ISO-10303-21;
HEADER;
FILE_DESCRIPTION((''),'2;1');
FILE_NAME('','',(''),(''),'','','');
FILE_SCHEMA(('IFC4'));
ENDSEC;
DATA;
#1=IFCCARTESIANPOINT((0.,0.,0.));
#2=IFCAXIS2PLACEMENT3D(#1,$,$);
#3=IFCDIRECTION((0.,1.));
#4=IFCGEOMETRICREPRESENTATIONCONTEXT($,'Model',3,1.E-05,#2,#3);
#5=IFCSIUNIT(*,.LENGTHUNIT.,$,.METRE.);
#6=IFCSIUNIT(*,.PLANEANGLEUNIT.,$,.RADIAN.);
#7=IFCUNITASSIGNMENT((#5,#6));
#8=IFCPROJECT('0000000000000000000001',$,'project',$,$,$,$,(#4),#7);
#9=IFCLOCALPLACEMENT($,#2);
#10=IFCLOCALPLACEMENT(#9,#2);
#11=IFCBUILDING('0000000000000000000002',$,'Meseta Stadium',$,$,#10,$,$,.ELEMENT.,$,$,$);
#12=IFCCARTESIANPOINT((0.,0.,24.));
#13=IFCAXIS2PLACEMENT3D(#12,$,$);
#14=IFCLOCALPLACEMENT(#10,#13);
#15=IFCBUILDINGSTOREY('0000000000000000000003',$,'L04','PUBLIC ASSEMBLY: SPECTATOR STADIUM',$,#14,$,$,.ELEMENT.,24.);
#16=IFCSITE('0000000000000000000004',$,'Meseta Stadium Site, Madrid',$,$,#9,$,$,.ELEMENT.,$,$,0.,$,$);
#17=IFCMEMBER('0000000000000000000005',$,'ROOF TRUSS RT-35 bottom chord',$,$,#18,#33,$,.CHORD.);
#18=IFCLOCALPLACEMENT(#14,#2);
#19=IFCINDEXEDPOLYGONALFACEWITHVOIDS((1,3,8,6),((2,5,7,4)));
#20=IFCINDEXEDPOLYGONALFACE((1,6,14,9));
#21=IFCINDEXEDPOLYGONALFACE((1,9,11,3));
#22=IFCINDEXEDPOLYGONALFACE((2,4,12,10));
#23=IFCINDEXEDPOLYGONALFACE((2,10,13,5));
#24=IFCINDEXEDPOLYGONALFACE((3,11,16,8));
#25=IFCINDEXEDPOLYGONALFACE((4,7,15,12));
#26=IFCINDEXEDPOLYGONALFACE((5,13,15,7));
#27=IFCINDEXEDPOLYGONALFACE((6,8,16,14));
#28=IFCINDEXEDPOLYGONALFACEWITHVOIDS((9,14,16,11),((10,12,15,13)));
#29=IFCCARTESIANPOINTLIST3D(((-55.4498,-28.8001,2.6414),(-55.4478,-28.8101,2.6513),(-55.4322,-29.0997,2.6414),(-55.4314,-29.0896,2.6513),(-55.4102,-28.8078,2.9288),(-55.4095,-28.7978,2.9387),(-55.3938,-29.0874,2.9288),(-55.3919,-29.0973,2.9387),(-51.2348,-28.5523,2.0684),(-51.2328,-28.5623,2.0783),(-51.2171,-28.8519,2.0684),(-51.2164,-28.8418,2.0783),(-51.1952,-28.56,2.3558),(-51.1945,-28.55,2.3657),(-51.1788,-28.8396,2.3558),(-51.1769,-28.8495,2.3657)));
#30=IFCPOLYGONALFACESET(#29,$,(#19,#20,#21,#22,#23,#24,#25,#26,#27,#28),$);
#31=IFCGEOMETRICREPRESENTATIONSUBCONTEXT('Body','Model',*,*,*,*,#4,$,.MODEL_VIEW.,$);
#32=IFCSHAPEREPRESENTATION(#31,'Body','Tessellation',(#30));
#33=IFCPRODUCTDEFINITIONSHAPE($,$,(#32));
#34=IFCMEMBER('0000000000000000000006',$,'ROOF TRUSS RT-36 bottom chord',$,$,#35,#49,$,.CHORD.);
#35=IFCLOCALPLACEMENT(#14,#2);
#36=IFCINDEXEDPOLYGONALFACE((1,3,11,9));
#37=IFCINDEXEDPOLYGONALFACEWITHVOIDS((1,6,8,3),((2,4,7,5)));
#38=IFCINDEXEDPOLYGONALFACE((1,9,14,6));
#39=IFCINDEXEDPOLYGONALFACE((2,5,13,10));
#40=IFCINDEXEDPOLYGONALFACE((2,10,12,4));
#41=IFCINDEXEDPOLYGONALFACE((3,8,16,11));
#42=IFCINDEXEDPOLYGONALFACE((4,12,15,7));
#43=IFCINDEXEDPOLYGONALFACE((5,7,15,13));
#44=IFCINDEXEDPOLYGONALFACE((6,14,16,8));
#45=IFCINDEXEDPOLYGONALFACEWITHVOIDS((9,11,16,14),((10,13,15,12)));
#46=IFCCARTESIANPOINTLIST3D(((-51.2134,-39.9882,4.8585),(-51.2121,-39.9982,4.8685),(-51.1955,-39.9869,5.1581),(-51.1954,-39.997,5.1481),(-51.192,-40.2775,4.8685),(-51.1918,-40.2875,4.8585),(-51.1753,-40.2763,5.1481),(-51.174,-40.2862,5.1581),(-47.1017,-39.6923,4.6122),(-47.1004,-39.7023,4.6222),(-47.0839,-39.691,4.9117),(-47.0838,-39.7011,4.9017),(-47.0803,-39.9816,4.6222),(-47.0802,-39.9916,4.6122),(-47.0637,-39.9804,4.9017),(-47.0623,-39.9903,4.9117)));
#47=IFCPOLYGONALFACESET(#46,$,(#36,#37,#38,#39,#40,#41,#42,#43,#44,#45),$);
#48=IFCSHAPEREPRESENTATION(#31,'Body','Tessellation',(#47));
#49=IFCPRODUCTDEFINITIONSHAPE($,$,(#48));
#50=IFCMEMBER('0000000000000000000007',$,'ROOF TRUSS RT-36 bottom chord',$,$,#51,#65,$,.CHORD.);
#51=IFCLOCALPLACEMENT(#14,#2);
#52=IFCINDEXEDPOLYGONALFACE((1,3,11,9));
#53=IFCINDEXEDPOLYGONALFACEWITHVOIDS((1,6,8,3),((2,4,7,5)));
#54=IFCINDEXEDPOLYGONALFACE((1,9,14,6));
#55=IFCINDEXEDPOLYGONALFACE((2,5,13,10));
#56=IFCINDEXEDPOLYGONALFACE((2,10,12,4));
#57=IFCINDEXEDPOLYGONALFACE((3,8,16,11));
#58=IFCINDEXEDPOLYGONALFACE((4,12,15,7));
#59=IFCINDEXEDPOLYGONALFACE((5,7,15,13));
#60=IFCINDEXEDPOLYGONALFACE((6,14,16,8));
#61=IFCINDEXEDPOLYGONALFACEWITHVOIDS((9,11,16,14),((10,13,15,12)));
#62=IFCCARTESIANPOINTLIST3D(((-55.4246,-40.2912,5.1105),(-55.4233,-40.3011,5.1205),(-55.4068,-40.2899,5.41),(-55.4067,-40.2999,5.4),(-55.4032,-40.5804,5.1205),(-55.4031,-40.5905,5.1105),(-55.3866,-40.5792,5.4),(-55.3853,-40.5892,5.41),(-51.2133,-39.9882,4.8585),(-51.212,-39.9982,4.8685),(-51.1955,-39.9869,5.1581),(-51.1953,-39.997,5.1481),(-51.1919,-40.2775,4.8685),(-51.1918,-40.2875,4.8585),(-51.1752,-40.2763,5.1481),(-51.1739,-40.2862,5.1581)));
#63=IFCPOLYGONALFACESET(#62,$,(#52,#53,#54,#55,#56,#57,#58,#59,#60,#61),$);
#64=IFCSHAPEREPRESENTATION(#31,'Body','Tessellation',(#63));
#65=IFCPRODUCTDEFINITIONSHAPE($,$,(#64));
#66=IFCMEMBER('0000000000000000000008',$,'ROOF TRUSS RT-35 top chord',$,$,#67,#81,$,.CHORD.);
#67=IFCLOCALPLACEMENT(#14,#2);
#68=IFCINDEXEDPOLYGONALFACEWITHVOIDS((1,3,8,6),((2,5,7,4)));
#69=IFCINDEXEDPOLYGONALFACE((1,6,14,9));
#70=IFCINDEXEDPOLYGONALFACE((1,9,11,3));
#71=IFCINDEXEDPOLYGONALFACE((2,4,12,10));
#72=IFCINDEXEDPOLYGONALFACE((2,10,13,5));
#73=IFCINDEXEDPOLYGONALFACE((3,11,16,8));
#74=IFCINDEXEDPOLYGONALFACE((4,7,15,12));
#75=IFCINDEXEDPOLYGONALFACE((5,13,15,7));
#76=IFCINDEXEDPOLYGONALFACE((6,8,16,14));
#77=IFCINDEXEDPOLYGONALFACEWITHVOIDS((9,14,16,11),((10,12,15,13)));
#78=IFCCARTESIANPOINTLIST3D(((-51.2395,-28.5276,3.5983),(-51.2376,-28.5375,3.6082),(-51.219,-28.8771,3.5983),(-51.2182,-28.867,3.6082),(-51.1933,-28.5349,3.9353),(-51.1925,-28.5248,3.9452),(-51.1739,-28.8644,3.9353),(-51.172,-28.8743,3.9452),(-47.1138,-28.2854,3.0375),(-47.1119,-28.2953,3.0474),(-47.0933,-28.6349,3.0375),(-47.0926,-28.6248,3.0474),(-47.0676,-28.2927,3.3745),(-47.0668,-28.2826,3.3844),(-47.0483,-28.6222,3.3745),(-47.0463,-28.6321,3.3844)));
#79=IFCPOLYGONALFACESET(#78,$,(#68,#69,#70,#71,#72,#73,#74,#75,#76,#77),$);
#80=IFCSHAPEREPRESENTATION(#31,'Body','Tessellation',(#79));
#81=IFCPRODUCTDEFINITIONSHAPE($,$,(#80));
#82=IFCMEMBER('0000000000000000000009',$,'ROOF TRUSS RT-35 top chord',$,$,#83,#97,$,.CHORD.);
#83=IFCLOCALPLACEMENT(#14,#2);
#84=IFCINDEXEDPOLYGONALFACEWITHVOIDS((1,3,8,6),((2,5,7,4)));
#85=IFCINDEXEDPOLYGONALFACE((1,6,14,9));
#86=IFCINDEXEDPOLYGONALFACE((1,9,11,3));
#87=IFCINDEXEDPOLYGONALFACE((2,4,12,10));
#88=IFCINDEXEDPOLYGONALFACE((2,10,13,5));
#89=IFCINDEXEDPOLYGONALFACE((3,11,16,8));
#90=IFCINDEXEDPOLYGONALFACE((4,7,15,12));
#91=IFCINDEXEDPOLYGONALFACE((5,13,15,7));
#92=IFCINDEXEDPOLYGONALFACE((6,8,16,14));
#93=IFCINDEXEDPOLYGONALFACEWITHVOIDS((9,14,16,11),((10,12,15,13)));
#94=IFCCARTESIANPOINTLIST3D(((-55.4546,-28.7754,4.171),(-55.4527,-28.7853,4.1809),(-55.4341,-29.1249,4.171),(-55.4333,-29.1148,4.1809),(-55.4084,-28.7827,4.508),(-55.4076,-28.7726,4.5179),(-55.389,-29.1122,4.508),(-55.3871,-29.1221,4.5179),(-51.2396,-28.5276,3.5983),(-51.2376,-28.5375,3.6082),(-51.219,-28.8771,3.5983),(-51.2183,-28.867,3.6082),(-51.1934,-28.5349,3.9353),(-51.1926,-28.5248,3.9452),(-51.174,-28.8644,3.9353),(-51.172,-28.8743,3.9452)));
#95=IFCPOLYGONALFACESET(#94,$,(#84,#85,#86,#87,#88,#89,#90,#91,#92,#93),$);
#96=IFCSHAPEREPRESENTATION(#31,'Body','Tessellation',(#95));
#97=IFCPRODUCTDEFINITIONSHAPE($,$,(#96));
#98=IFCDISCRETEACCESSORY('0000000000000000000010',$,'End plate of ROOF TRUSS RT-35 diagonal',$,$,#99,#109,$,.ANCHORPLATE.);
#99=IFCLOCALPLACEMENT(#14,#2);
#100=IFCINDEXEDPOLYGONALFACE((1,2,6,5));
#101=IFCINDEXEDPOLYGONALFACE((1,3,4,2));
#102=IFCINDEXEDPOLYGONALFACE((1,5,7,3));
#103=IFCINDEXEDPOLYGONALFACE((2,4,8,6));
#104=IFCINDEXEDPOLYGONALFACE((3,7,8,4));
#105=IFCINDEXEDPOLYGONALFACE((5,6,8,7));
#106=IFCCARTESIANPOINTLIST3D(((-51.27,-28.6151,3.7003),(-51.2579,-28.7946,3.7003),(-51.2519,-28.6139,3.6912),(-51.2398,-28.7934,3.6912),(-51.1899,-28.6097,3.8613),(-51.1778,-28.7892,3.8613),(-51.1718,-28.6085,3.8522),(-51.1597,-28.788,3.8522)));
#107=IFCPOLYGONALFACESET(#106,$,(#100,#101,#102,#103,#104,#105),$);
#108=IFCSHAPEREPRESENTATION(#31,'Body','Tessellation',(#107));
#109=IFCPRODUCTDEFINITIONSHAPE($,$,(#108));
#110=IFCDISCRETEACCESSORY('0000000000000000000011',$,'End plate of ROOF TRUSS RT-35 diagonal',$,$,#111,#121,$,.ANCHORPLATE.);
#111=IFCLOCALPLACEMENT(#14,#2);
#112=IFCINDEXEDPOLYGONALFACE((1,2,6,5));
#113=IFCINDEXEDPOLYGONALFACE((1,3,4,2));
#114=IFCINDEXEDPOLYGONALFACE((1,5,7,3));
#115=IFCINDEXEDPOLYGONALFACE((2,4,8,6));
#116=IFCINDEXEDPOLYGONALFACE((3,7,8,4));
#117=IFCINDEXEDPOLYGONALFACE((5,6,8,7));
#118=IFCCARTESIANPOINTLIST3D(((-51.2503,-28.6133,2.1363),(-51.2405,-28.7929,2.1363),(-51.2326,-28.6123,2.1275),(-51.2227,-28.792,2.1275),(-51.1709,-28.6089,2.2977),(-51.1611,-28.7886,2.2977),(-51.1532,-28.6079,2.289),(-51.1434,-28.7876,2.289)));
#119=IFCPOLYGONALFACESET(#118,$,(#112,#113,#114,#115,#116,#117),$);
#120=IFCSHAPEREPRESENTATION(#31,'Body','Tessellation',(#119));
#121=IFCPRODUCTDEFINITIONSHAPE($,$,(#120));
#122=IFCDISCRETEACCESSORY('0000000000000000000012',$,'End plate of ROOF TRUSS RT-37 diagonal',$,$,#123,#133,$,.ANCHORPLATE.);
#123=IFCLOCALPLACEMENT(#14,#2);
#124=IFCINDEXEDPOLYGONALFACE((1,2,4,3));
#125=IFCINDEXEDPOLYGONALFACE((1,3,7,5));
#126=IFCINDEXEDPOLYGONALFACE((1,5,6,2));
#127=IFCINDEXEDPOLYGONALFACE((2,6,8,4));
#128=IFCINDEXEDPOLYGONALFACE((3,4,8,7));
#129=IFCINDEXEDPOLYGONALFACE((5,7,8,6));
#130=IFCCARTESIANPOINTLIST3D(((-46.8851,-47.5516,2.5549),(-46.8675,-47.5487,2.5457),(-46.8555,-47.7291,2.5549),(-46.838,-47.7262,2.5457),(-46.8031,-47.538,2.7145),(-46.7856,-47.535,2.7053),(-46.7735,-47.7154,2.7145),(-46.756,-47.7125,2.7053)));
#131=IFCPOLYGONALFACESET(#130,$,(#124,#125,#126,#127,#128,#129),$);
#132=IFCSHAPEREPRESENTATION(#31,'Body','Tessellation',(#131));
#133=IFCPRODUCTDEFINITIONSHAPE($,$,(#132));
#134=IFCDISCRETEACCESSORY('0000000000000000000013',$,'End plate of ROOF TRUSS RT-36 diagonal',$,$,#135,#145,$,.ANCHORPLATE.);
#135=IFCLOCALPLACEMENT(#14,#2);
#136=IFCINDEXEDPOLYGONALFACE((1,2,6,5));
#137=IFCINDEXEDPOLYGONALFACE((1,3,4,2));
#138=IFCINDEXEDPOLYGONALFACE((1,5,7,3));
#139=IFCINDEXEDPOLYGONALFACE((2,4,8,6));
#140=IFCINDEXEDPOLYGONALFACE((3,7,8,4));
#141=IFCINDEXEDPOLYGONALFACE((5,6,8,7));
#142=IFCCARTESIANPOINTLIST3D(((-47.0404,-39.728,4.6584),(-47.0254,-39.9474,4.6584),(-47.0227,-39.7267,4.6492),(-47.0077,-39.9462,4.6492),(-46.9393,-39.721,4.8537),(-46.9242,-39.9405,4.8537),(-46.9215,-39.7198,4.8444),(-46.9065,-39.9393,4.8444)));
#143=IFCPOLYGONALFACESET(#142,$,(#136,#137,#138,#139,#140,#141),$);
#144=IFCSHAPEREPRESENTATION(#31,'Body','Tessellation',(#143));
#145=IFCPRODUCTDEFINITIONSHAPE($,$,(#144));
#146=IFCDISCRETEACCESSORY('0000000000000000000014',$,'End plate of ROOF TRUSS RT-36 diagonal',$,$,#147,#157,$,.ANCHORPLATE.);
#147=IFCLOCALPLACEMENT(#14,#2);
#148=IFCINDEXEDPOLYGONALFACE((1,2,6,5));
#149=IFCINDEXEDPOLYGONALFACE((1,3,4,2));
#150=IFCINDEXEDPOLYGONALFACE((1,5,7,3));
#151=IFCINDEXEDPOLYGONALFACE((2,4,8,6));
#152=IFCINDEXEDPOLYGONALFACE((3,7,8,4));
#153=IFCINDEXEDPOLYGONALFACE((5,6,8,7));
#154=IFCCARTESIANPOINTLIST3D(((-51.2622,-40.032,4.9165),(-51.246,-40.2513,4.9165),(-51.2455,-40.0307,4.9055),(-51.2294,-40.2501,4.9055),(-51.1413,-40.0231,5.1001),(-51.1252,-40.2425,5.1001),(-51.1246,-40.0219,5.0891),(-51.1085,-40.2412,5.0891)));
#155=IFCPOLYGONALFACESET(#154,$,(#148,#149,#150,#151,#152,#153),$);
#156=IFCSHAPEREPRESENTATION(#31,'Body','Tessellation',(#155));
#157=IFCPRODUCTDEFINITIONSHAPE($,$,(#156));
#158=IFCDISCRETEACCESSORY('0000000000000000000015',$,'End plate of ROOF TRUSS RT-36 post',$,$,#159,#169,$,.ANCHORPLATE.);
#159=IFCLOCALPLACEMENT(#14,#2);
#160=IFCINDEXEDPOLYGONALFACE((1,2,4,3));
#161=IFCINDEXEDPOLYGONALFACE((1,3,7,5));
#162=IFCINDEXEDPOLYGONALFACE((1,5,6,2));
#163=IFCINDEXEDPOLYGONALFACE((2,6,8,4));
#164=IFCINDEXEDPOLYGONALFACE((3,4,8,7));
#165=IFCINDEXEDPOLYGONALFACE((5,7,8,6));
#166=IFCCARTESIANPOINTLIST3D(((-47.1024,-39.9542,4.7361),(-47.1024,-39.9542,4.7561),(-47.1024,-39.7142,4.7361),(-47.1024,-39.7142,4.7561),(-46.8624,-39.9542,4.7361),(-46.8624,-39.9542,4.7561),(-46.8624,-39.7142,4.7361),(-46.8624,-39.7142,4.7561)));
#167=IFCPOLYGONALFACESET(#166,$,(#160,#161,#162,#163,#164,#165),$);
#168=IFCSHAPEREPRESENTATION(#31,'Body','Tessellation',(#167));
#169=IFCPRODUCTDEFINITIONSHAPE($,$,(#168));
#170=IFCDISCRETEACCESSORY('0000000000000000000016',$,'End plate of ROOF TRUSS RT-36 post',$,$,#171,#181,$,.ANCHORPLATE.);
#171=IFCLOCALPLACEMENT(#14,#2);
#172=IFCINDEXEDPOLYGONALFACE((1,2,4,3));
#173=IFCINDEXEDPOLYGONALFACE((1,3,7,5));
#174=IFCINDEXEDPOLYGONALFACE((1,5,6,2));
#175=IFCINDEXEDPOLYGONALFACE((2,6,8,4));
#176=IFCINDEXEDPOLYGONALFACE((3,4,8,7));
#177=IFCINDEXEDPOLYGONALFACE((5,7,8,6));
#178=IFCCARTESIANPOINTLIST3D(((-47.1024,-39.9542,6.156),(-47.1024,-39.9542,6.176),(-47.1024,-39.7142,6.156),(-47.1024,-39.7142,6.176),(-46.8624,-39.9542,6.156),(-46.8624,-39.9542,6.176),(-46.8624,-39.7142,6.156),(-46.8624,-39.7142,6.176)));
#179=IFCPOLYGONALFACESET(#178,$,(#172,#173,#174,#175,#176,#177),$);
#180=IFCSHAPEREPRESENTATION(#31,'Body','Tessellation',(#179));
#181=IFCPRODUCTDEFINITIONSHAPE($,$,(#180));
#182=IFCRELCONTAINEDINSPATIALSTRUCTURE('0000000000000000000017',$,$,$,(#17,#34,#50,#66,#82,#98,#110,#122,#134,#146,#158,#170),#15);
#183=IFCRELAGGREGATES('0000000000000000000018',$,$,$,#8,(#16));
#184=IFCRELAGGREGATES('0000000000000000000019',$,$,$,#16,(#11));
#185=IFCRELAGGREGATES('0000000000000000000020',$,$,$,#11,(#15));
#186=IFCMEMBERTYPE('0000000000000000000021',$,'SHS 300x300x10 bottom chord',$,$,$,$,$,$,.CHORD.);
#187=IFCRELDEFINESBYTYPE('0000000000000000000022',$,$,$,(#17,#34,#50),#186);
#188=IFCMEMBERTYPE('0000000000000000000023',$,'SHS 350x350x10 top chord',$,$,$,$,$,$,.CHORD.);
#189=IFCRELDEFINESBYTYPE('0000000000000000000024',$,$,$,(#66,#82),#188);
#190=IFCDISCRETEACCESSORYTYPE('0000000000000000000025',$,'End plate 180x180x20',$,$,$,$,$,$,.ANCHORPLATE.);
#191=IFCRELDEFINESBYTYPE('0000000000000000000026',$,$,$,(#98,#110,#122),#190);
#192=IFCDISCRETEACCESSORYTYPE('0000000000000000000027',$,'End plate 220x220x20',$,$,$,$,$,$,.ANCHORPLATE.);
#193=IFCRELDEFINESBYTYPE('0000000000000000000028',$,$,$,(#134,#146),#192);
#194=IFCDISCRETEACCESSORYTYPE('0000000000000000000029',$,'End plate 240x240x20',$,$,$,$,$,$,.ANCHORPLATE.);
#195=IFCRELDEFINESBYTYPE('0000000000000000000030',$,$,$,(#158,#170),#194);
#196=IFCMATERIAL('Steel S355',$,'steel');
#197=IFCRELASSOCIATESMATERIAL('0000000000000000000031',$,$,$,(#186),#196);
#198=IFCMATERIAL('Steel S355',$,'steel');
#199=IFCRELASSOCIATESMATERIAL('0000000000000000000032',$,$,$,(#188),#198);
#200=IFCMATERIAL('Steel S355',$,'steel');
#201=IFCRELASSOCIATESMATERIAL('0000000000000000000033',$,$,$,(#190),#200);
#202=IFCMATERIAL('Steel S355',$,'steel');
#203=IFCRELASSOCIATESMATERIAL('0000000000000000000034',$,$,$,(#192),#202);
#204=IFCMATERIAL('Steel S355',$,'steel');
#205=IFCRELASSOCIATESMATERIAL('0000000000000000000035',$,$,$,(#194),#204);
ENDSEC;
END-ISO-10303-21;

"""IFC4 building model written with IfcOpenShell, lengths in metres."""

from ifc_helpers import new_model, si_unit, direction, frame, origin, origin_2d, place, context, subcontext, project, spatial, rectangle, hollow_rectangle, extrude, material, material_profile, profile_set, type_object, element, save


model = new_model("IFC4")

# Units and contexts
model_context = context("Model", 3, precision=1e-05, world=origin(), true_north=direction((0.0, 1.0)))
body_context = subcontext(model_context, "Body", "Model", "MODEL_VIEW")
ifc_project = project(units=[si_unit("LENGTHUNIT", "METRE"), si_unit("PLANEANGLEUNIT", "RADIAN")], contexts=[model_context])

# Site, building, storey
site_placement = place(None, origin())
site = spatial("IfcSite", under=ifc_project, at=site_placement, Name="Meseta Stadium Site, Madrid", CompositionType="ELEMENT", RefElevation=0.0)
building_placement = place(site_placement, origin())
building = spatial("IfcBuilding", under=site, at=building_placement, Name="Meseta Stadium", CompositionType="ELEMENT")
storey_placement = place(building_placement, frame((0.0, 0.0, 24.0)))
storey = spatial("IfcBuildingStorey", under=building, at=storey_placement, Name="L04", Description="PUBLIC ASSEMBLY: SPECTATOR STADIUM", CompositionType="ELEMENT", Elevation=24.0)

# Members
ifc_material_1 = material(Name="Steel S355", Category="steel")
ifc_material_profile_1 = material_profile(ifc_material_1, hollow_rectangle(XDim=0.3, YDim=0.3, WallThickness=0.01, at=origin_2d()), Name="SHS 300x300x10")
ifc_profile_set_1 = profile_set([ifc_material_profile_1], Name="Steel S355")
member_type_1 = type_object("IfcMemberType", Name="SHS 300x300x10 bottom chord", PredefinedType="CHORD", material=ifc_profile_set_1)
member_1_placement = place(storey_placement, frame((-51.2058, -28.7009, 2.217), z_axis=(-0.989209, -0.058155, 0.134473), x_axis=(0.058688, -0.998276, 0.0)))
element("IfcMember", 1, at=member_1_placement, inside=storey, type_object=member_type_1, Name="ROOF TRUSS RT-35 bottom chord", PredefinedType="CHORD", context=body_context, shape_type="SweptSolid", body=[
    extrude(hollow_rectangle(XDim=0.3, YDim=0.3, WallThickness=0.01, at=origin_2d()), origin(), (0.0, 0.0, 1.0), 4.261),
])
member_2_placement = place(storey_placement, frame((-47.082, -39.8413, 4.762), z_axis=(-0.995644, -0.071654, 0.059652), x_axis=(0.071782, -0.99742, 0.0)))
element("IfcMember", 2, at=member_2_placement, inside=storey, type_object=member_type_1, Name="ROOF TRUSS RT-36 bottom chord", PredefinedType="CHORD", context=body_context, shape_type="SweptSolid", body=[
    extrude(hollow_rectangle(XDim=0.3, YDim=0.3, WallThickness=0.01, at=origin_2d()), origin(), (0.0, 0.0, 1.0), 4.1296),
])
member_3_placement = place(storey_placement, frame((-51.1936, -40.1372, 5.0083), z_axis=(-0.995651, -0.071629, 0.059566), x_axis=(0.071757, -0.997422, 0.0)))
element("IfcMember", 3, at=member_3_placement, inside=storey, type_object=member_type_1, Name="ROOF TRUSS RT-36 bottom chord", PredefinedType="CHORD", context=body_context, shape_type="SweptSolid", body=[
    extrude(hollow_rectangle(XDim=0.3, YDim=0.3, WallThickness=0.01, at=origin_2d()), origin(), (0.0, 0.0, 1.0), 4.2297),
])
ifc_material_2 = material(Name="Steel S355", Category="steel")
ifc_material_profile_2 = material_profile(ifc_material_2, hollow_rectangle(XDim=0.3501, YDim=0.3501, WallThickness=0.01, at=origin_2d()), Name="SHS 350x350x10")
ifc_profile_set_2 = profile_set([ifc_material_profile_2], Name="Steel S355")
member_type_2 = type_object("IfcMemberType", Name="SHS 350x350x10 top chord", PredefinedType="CHORD", material=ifc_profile_set_2)
member_4_placement = place(storey_placement, frame((-47.0801, -28.4587, 3.2109), z_axis=(-0.989216, -0.058069, 0.134459), x_axis=(0.058601, -0.998281, 0.0)))
element("IfcMember", 4, at=member_4_placement, inside=storey, type_object=member_type_2, Name="ROOF TRUSS RT-35 top chord", PredefinedType="CHORD", context=body_context, shape_type="SweptSolid", body=[
    extrude(hollow_rectangle(XDim=0.3501, YDim=0.3501, WallThickness=0.01, at=origin_2d()), origin(), (0.0, 0.0, 1.0), 4.1707),
])
member_5_placement = place(storey_placement, frame((-51.2058, -28.7009, 3.7717), z_axis=(-0.989217, -0.058156, 0.134417), x_axis=(0.058688, -0.998276, 0.0)))
element("IfcMember", 5, at=member_5_placement, inside=storey, type_object=member_type_2, Name="ROOF TRUSS RT-35 top chord", PredefinedType="CHORD", context=body_context, shape_type="SweptSolid", body=[
    extrude(hollow_rectangle(XDim=0.3501, YDim=0.3501, WallThickness=0.01, at=origin_2d()), origin(), (0.0, 0.0, 1.0), 4.261),
])

# Discrete accessories
ifc_material_3 = material(Name="Steel S355", Category="steel")
ifc_material_profile_3 = material_profile(ifc_material_3, rectangle(XDim=0.1799, YDim=0.1799, at=origin_2d()), Name="PL 180x180")
ifc_profile_set_3 = profile_set([ifc_material_profile_3], Name="Steel S355")
discrete_accessory_type_1 = type_object("IfcDiscreteAccessoryType", Name="End plate 180x180x20", PredefinedType="ANCHORPLATE", material=ifc_profile_set_3)
discrete_accessory_1_placement = place(storey_placement, frame((-51.2058, -28.7009, 3.7717), z_axis=(-0.892798, -0.060324, 0.446399), x_axis=(0.067414, -0.997725, 0.0)))
element("IfcDiscreteAccessory", 6, at=discrete_accessory_1_placement, inside=storey, type_object=discrete_accessory_type_1, Name="End plate of ROOF TRUSS RT-35 diagonal", PredefinedType="ANCHORPLATE", context=body_context, shape_type="SweptSolid", body=[
    extrude(rectangle(XDim=0.1799, YDim=0.1799, at=origin_2d()), origin(), (0.0, 0.0, 1.0), 0.0203),
])
discrete_accessory_2_placement = place(storey_placement, frame((-51.188, -28.7, 2.2083), z_axis=(-0.89579, -0.049084, 0.441759), x_axis=(0.054712, -0.998502, 0.0)))
element("IfcDiscreteAccessory", 7, at=discrete_accessory_2_placement, inside=storey, type_object=discrete_accessory_type_1, Name="End plate of ROOF TRUSS RT-35 diagonal", PredefinedType="ANCHORPLATE", context=body_context, shape_type="SweptSolid", body=[
    extrude(rectangle(XDim=0.1799, YDim=0.1799, at=origin_2d()), origin(), (0.0, 0.0, 1.0), 0.0198),
])
discrete_accessory_3_placement = place(storey_placement, frame((-46.8118, -47.6306, 2.6255), z_axis=(-0.874931, -0.145822, 0.461769), x_axis=(0.164399, -0.986394, 0.0)))
element("IfcDiscreteAccessory", 8, at=discrete_accessory_3_placement, inside=storey, type_object=discrete_accessory_type_1, Name="End plate of ROOF TRUSS RT-37 diagonal", PredefinedType="ANCHORPLATE", context=body_context, shape_type="SweptSolid", body=[
    extrude(rectangle(XDim=0.1799, YDim=0.1799, at=origin_2d()), origin(), (0.0, 0.0, 1.0), 0.02),
])
ifc_material_4 = material(Name="Steel S355", Category="steel")
ifc_material_profile_4 = material_profile(ifc_material_4, rectangle(XDim=0.22, YDim=0.22, at=origin_2d()), Name="PL 220x220")
ifc_profile_set_4 = profile_set([ifc_material_profile_4], Name="Steel S355")
discrete_accessory_type_2 = type_object("IfcDiscreteAccessoryType", Name="End plate 220x220x20", PredefinedType="ANCHORPLATE", material=ifc_profile_set_4)
for number, where, z_axis, x_axis, name in (
    (9, (-46.9646, -39.833, 4.7468), (-0.885385, -0.060643, 0.460885), (0.068333, -0.997663, 0.0), "End plate of ROOF TRUSS RT-36 diagonal"),
    (10, (-51.177, -40.136, 4.9973), (-0.832369, -0.061204, 0.550832), (0.073331, -0.997308, 0.0), "End plate of ROOF TRUSS RT-36 diagonal"),
):
    element("IfcDiscreteAccessory", number, at=place(storey_placement, frame(where, z_axis=z_axis, x_axis=x_axis)), inside=storey, type_object=discrete_accessory_type_2, Name=name, PredefinedType="ANCHORPLATE", context=body_context, shape_type="SweptSolid", body=[
        extrude(rectangle(XDim=0.22, YDim=0.22, at=origin_2d()), origin(), (0.0, 0.0, 1.0), 0.02),
    ])
ifc_material_5 = material(Name="Steel S355", Category="steel")
ifc_material_profile_5 = material_profile(ifc_material_5, rectangle(XDim=0.24, YDim=0.24, at=origin_2d()), Name="PL 240x240")
ifc_profile_set_5 = profile_set([ifc_material_profile_5], Name="Steel S355")
discrete_accessory_type_3 = type_object("IfcDiscreteAccessoryType", Name="End plate 240x240x20", PredefinedType="ANCHORPLATE", material=ifc_profile_set_5)
for number, where, z_axis, x_axis, name in (
    (11, (-46.9824, -39.8342, 4.7361), (0.0, 0.0, 1.0), (1.0, 0.0, 0.0), "End plate of ROOF TRUSS RT-36 post"),
    (12, (-46.9824, -39.8342, 6.156), (0.0, 0.0, 1.0), (1.0, 0.0, 0.0), "End plate of ROOF TRUSS RT-36 post"),
):
    element("IfcDiscreteAccessory", number, at=place(storey_placement, frame(where, z_axis=z_axis, x_axis=x_axis)), inside=storey, type_object=discrete_accessory_type_3, Name=name, PredefinedType="ANCHORPLATE", context=body_context, shape_type="SweptSolid", body=[
        extrude(rectangle(XDim=0.24, YDim=0.24, at=origin_2d()), origin(), (0.0, 0.0, 1.0), 0.02),
    ])

save(model, "model.ifc")
